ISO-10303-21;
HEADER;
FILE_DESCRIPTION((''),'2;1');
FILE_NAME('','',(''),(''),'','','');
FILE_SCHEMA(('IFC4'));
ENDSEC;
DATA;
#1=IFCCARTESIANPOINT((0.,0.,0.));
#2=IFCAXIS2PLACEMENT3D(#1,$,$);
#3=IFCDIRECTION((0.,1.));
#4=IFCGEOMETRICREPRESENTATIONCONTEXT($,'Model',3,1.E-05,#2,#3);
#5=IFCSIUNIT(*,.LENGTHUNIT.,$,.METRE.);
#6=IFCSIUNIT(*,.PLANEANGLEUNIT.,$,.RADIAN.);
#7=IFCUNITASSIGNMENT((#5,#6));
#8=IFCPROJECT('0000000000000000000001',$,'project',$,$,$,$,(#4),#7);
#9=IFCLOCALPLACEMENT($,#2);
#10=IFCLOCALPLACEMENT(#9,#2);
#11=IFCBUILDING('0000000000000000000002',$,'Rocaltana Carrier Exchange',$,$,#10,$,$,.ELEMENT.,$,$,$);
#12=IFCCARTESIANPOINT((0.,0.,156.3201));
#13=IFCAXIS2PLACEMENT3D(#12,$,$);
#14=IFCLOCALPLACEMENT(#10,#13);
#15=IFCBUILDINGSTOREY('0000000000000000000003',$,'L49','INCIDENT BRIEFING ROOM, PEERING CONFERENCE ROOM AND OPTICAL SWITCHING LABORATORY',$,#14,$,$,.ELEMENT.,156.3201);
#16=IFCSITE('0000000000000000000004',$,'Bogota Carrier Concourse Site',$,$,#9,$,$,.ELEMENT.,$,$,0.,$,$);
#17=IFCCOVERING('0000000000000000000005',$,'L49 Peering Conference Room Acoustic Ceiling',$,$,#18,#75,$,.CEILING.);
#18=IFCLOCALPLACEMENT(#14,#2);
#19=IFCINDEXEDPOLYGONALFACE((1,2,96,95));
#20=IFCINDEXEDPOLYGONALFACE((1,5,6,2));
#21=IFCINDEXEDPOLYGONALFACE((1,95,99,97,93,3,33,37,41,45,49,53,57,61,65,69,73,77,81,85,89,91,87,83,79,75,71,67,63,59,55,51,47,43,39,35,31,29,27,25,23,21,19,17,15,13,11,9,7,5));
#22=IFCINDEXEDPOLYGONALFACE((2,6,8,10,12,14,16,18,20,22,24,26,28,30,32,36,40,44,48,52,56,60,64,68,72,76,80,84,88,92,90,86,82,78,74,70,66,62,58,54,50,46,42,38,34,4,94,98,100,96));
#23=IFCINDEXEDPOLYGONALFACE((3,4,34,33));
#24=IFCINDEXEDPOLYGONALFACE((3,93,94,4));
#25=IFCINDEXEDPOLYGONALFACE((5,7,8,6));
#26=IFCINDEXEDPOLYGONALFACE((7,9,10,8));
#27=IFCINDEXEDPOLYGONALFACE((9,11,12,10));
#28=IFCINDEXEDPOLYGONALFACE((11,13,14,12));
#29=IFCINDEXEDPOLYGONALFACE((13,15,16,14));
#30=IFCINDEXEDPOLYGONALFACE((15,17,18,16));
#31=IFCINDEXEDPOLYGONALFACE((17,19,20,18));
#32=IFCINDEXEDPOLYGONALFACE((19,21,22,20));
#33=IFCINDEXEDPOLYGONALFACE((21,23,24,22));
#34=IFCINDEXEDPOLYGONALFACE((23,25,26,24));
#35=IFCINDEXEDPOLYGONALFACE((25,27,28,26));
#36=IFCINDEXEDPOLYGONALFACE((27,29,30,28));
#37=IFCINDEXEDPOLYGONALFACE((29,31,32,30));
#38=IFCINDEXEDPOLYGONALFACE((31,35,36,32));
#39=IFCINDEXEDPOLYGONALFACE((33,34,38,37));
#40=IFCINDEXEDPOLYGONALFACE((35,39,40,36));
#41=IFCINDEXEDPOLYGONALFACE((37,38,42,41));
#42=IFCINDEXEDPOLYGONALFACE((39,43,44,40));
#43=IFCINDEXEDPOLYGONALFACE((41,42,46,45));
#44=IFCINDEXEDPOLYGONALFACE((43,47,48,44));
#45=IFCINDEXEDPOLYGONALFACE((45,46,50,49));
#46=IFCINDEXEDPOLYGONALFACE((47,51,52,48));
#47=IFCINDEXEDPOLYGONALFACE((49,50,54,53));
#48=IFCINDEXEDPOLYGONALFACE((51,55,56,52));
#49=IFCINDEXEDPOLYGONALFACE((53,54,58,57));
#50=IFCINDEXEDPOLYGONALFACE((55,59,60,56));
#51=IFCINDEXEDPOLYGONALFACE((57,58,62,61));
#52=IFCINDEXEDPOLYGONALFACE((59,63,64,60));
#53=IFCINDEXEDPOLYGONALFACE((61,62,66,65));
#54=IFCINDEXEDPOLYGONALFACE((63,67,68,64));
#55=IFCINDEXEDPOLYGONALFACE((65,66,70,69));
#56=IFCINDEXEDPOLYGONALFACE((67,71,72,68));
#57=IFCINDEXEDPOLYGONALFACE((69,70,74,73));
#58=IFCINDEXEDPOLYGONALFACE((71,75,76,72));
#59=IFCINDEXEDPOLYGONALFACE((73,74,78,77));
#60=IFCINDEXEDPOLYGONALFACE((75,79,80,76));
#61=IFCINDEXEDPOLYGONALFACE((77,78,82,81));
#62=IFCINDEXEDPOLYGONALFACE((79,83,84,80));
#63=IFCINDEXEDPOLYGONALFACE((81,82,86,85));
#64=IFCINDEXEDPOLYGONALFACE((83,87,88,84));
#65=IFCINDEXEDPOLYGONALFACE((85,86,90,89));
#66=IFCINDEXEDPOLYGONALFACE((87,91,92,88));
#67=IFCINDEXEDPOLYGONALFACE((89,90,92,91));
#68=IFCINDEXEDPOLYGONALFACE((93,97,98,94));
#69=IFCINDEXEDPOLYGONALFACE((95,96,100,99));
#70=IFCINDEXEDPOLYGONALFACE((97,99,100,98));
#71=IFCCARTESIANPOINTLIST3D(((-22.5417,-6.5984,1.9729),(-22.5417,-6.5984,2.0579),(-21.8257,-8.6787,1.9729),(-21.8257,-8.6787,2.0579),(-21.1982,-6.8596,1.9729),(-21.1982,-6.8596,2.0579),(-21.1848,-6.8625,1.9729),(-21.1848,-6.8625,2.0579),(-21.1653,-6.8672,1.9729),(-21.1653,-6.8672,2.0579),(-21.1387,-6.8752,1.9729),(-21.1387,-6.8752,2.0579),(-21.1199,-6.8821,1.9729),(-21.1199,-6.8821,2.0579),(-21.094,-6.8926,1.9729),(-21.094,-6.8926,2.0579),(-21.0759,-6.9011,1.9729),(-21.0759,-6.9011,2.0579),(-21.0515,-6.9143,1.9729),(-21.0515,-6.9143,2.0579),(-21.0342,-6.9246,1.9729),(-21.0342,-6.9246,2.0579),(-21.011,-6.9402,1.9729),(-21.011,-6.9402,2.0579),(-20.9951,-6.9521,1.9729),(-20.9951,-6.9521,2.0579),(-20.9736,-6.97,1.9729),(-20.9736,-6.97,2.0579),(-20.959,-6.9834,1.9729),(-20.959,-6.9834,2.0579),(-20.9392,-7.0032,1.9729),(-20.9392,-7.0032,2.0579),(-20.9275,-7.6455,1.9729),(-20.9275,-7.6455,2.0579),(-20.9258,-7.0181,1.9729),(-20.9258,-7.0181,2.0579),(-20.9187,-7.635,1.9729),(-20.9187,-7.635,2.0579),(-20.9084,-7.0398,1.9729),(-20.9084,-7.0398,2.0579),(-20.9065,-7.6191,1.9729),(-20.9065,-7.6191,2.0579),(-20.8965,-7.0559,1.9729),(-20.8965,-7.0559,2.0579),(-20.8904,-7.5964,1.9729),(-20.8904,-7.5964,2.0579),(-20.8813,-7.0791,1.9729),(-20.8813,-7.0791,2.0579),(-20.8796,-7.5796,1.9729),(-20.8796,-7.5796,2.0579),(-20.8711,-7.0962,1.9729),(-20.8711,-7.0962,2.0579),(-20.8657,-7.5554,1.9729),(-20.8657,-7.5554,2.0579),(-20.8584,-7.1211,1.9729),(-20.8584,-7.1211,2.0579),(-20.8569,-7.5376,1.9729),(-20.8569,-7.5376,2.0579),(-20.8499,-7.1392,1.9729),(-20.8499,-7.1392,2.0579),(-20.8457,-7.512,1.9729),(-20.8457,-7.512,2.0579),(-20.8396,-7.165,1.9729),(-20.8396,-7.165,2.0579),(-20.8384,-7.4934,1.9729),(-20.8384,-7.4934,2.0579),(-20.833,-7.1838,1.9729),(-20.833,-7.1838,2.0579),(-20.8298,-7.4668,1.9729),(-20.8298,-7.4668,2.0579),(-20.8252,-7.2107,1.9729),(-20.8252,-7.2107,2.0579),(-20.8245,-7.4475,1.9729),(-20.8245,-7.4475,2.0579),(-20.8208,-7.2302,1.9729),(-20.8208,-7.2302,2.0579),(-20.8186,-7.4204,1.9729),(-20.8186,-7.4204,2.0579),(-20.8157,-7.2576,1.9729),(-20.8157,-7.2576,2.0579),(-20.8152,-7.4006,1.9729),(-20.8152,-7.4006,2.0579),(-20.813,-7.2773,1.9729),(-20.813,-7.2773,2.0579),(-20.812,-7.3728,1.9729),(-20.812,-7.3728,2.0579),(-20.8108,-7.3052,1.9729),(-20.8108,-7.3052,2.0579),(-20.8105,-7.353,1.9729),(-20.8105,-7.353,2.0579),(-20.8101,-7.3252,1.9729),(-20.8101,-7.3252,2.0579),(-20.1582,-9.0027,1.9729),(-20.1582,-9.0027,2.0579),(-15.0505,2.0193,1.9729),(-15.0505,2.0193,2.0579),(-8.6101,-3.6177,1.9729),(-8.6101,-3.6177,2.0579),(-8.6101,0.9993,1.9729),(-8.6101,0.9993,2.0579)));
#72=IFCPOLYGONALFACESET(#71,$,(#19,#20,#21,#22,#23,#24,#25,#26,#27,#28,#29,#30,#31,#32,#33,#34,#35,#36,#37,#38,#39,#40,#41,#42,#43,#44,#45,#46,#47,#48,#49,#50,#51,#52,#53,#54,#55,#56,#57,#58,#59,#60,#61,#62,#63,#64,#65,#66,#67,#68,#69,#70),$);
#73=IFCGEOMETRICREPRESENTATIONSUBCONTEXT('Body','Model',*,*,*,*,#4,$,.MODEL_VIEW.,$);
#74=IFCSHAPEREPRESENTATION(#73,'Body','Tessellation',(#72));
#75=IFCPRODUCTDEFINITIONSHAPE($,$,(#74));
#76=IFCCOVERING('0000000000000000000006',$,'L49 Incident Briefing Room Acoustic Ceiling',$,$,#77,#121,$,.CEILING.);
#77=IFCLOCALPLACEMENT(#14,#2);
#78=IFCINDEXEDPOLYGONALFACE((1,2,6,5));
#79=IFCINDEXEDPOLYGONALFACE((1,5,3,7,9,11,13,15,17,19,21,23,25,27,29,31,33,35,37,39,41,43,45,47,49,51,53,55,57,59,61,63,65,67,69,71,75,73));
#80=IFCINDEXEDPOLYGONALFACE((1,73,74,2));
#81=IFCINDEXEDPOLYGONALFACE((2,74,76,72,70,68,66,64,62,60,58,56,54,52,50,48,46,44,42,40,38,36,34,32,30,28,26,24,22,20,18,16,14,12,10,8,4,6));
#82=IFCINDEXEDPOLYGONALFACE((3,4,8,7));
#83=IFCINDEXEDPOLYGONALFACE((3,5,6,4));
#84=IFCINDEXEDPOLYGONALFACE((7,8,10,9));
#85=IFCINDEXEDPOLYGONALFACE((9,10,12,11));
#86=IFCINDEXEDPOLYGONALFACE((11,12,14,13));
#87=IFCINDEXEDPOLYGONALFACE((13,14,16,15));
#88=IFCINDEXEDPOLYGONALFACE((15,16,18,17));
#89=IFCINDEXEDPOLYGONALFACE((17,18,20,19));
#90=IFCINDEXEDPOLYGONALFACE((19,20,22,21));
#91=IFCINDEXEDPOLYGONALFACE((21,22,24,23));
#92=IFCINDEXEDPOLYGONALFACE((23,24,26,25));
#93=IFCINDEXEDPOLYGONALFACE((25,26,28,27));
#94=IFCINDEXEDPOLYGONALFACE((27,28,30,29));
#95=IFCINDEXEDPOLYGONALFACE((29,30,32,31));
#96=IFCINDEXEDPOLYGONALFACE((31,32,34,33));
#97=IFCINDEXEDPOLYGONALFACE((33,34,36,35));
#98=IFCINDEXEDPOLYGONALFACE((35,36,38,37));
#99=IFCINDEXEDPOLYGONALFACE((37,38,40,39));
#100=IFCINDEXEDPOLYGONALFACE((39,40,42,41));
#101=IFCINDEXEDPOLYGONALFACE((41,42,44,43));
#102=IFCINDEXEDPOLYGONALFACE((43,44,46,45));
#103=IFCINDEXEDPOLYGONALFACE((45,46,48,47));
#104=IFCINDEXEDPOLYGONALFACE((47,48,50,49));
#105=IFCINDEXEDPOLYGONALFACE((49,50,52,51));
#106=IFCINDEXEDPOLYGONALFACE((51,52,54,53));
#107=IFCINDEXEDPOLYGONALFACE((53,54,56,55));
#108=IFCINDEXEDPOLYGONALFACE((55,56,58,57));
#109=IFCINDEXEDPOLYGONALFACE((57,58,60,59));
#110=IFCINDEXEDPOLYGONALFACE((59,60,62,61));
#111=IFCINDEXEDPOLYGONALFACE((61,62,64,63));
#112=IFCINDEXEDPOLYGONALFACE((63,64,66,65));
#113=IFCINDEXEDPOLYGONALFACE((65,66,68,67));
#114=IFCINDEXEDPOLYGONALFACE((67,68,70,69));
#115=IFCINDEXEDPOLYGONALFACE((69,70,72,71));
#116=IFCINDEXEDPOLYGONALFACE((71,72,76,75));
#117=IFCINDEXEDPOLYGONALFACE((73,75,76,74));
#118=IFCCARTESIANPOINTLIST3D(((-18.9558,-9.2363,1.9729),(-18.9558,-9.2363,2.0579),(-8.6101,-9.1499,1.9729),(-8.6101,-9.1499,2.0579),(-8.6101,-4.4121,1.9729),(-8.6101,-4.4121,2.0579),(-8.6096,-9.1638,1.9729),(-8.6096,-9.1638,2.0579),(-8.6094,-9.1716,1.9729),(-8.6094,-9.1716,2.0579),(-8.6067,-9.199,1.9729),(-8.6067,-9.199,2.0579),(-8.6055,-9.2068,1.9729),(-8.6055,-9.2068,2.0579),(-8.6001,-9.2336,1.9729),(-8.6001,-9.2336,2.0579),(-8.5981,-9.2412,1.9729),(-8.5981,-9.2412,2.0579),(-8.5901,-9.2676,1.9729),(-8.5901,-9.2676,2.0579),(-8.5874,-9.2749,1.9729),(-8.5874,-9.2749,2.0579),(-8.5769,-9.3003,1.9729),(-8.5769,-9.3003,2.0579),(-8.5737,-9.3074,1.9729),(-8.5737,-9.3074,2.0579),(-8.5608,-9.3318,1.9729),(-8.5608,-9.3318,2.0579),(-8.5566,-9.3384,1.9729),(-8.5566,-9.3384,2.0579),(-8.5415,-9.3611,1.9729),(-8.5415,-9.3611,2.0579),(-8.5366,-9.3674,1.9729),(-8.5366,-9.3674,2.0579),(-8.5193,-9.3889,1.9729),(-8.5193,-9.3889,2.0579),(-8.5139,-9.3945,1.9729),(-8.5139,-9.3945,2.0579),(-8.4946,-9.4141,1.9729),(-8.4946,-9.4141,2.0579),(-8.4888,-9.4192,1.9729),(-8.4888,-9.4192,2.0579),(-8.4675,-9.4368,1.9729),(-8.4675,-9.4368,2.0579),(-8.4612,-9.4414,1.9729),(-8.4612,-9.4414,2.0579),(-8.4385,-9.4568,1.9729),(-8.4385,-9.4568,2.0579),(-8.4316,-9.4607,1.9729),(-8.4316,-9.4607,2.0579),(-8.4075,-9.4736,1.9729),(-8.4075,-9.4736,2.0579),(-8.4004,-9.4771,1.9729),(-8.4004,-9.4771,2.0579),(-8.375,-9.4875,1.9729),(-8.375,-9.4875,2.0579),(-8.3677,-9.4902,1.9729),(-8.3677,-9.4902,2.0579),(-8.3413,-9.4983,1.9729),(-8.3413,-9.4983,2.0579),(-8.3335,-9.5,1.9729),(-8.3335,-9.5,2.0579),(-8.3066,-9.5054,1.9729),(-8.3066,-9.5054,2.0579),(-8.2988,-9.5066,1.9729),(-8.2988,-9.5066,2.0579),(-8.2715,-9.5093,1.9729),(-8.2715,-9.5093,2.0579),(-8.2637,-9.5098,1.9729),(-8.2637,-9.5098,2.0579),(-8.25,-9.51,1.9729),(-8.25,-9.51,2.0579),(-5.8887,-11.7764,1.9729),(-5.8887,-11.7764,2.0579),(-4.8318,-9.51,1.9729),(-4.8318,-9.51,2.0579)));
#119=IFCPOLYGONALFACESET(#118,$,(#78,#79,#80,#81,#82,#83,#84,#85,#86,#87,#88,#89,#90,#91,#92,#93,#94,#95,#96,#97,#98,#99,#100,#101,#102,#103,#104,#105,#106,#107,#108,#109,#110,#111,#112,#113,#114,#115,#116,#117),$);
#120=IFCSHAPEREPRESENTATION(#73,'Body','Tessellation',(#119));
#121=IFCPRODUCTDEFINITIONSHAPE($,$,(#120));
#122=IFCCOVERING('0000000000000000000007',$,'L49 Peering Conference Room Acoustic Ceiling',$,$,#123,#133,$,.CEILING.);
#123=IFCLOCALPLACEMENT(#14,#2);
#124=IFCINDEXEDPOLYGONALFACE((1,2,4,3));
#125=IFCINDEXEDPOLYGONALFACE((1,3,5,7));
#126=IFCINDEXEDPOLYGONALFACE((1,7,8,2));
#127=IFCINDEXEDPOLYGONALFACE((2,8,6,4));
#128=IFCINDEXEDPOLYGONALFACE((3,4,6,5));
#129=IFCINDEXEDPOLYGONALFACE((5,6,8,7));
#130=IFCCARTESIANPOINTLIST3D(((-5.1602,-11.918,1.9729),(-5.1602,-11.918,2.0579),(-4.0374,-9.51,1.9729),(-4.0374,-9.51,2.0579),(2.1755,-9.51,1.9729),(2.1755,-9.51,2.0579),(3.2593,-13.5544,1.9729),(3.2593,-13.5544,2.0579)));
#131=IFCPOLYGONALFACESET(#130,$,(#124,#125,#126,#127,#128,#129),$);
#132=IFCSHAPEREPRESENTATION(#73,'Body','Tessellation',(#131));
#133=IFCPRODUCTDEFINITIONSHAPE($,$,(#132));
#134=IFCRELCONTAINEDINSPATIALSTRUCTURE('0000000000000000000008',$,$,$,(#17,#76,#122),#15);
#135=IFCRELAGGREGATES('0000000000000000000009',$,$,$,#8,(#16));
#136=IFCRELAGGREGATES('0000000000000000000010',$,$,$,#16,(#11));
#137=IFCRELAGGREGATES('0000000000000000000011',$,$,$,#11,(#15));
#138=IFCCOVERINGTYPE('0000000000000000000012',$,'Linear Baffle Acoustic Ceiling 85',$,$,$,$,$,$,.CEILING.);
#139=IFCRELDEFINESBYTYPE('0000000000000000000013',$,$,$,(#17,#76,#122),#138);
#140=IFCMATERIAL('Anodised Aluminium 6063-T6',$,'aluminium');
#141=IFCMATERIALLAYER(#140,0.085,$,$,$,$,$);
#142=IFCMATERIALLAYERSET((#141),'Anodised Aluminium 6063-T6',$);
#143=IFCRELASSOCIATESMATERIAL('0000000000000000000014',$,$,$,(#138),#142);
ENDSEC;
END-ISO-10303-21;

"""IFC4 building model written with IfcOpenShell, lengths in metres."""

from ifc_helpers import new_model, si_unit, direction, frame, origin, place, context, subcontext, project, spatial, polyline, outline, extrude, material, layer, layer_set, type_object, element, save


model = new_model("IFC4")

# Units and contexts
model_context = context("Model", 3, precision=1e-05, world=origin(), true_north=direction((0.0, 1.0)))
body_context = subcontext(model_context, "Body", "Model", "MODEL_VIEW")
ifc_project = project(units=[si_unit("LENGTHUNIT", "METRE"), si_unit("PLANEANGLEUNIT", "RADIAN")], contexts=[model_context])

# Site, building, storey
site_placement = place(None, origin())
site = spatial("IfcSite", under=ifc_project, at=site_placement, Name="Bogota Carrier Concourse Site", CompositionType="ELEMENT", RefElevation=0.0)
building_placement = place(site_placement, origin())
building = spatial("IfcBuilding", under=site, at=building_placement, Name="Rocaltana Carrier Exchange", CompositionType="ELEMENT")
storey_placement = place(building_placement, frame((0.0, 0.0, 156.3201)))
storey = spatial("IfcBuildingStorey", under=building, at=storey_placement, Name="L49", Description="INCIDENT BRIEFING ROOM, PEERING CONFERENCE ROOM AND OPTICAL SWITCHING LABORATORY", CompositionType="ELEMENT", Elevation=156.3201)

# Coverings
ifc_material_1 = material(Name="Anodised Aluminium 6063-T6", Category="aluminium")
ifc_layer_1 = layer(ifc_material_1, 0.085)
ifc_layer_set_1 = layer_set([ifc_layer_1], Name="Anodised Aluminium 6063-T6")
covering_type_1 = type_object("IfcCoveringType", Name="Linear Baffle Acoustic Ceiling 85", PredefinedType="CEILING", material=ifc_layer_set_1)
covering_1_placement = place(storey_placement, frame((0.0, 0.0, 1.9729)))
element("IfcCovering", 1, at=covering_1_placement, inside=storey, type_object=covering_type_1, Name="L49 Peering Conference Room Acoustic Ceiling", PredefinedType="CEILING", context=body_context, shape_type="SweptSolid", body=[
    extrude(outline(polyline([(-20.9275, -7.6455), (-20.9187, -7.635), (-20.9065, -7.6191), (-20.8904, -7.5964), (-20.8796, -7.5796), (-20.8657, -7.5554), (-20.8569, -7.5376), (-20.8457, -7.512), (-20.8384, -7.4934), (-20.8298, -7.4668), (-20.8245, -7.4475), (-20.8186, -7.4204), (-20.8152, -7.4006), (-20.812, -7.3728), (-20.8105, -7.353), (-20.8101, -7.3252), (-20.8108, -7.3052), (-20.813, -7.2773), (-20.8157, -7.2576), (-20.8208, -7.2302), (-20.8252, -7.2107), (-20.833, -7.1838), (-20.8396, -7.165), (-20.8499, -7.1392), (-20.8584, -7.1211), (-20.8711, -7.0962), (-20.8813, -7.0791), (-20.8965, -7.0559), (-20.9084, -7.0398), (-20.9258, -7.0181), (-20.9392, -7.0032), (-20.959, -6.9834), (-20.9736, -6.97), (-20.9951, -6.9521), (-21.011, -6.9402), (-21.0342, -6.9246), (-21.0515, -6.9143), (-21.0759, -6.9011), (-21.094, -6.8926), (-21.1199, -6.8821), (-21.1387, -6.8752), (-21.1653, -6.8672), (-21.1848, -6.8625), (-21.1982, -6.8596), (-22.5417, -6.5984), (-15.0505, 2.0193), (-8.6101, 0.9993), (-8.6101, -3.6177), (-20.1582, -9.0027), (-21.8257, -8.6787), (-20.9275, -7.6455)])), origin(), (0.0, 0.0, 1.0), 0.085),
])
covering_2_placement = place(storey_placement, frame((0.0, 0.0, 1.9729)))
element("IfcCovering", 2, at=covering_2_placement, inside=storey, type_object=covering_type_1, Name="L49 Incident Briefing Room Acoustic Ceiling", PredefinedType="CEILING", context=body_context, shape_type="SweptSolid", body=[
    extrude(outline(polyline([(-18.9558, -9.2363), (-8.6101, -4.4121), (-8.6101, -9.1499), (-8.6096, -9.1638), (-8.6094, -9.1716), (-8.6067, -9.199), (-8.6055, -9.2068), (-8.6001, -9.2336), (-8.5981, -9.2412), (-8.5901, -9.2676), (-8.5874, -9.2749), (-8.5769, -9.3003), (-8.5737, -9.3074), (-8.5608, -9.3318), (-8.5566, -9.3384), (-8.5415, -9.3611), (-8.5366, -9.3674), (-8.5193, -9.3889), (-8.5139, -9.3945), (-8.4946, -9.4141), (-8.4888, -9.4192), (-8.4675, -9.4368), (-8.4612, -9.4414), (-8.4385, -9.4568), (-8.4316, -9.4607), (-8.4075, -9.4736), (-8.4004, -9.4771), (-8.375, -9.4875), (-8.3677, -9.4902), (-8.3413, -9.4983), (-8.3335, -9.5), (-8.3066, -9.5054), (-8.2988, -9.5066), (-8.2715, -9.5093), (-8.2637, -9.5098), (-8.25, -9.51), (-4.8318, -9.51), (-5.8887, -11.7764), (-18.9558, -9.2363)])), origin(), (0.0, 0.0, 1.0), 0.085),
])
covering_3_placement = place(storey_placement, frame((0.0, 0.0, 1.9729)))
element("IfcCovering", 3, at=covering_3_placement, inside=storey, type_object=covering_type_1, Name="L49 Peering Conference Room Acoustic Ceiling", PredefinedType="CEILING", context=body_context, shape_type="SweptSolid", body=[
    extrude(outline(polyline([(-5.1602, -11.918), (-4.0374, -9.51), (2.1755, -9.51), (3.2593, -13.5544), (-5.1602, -11.918)])), origin(), (0.0, 0.0, 1.0), 0.085),
])

save(model, "model.ifc")
